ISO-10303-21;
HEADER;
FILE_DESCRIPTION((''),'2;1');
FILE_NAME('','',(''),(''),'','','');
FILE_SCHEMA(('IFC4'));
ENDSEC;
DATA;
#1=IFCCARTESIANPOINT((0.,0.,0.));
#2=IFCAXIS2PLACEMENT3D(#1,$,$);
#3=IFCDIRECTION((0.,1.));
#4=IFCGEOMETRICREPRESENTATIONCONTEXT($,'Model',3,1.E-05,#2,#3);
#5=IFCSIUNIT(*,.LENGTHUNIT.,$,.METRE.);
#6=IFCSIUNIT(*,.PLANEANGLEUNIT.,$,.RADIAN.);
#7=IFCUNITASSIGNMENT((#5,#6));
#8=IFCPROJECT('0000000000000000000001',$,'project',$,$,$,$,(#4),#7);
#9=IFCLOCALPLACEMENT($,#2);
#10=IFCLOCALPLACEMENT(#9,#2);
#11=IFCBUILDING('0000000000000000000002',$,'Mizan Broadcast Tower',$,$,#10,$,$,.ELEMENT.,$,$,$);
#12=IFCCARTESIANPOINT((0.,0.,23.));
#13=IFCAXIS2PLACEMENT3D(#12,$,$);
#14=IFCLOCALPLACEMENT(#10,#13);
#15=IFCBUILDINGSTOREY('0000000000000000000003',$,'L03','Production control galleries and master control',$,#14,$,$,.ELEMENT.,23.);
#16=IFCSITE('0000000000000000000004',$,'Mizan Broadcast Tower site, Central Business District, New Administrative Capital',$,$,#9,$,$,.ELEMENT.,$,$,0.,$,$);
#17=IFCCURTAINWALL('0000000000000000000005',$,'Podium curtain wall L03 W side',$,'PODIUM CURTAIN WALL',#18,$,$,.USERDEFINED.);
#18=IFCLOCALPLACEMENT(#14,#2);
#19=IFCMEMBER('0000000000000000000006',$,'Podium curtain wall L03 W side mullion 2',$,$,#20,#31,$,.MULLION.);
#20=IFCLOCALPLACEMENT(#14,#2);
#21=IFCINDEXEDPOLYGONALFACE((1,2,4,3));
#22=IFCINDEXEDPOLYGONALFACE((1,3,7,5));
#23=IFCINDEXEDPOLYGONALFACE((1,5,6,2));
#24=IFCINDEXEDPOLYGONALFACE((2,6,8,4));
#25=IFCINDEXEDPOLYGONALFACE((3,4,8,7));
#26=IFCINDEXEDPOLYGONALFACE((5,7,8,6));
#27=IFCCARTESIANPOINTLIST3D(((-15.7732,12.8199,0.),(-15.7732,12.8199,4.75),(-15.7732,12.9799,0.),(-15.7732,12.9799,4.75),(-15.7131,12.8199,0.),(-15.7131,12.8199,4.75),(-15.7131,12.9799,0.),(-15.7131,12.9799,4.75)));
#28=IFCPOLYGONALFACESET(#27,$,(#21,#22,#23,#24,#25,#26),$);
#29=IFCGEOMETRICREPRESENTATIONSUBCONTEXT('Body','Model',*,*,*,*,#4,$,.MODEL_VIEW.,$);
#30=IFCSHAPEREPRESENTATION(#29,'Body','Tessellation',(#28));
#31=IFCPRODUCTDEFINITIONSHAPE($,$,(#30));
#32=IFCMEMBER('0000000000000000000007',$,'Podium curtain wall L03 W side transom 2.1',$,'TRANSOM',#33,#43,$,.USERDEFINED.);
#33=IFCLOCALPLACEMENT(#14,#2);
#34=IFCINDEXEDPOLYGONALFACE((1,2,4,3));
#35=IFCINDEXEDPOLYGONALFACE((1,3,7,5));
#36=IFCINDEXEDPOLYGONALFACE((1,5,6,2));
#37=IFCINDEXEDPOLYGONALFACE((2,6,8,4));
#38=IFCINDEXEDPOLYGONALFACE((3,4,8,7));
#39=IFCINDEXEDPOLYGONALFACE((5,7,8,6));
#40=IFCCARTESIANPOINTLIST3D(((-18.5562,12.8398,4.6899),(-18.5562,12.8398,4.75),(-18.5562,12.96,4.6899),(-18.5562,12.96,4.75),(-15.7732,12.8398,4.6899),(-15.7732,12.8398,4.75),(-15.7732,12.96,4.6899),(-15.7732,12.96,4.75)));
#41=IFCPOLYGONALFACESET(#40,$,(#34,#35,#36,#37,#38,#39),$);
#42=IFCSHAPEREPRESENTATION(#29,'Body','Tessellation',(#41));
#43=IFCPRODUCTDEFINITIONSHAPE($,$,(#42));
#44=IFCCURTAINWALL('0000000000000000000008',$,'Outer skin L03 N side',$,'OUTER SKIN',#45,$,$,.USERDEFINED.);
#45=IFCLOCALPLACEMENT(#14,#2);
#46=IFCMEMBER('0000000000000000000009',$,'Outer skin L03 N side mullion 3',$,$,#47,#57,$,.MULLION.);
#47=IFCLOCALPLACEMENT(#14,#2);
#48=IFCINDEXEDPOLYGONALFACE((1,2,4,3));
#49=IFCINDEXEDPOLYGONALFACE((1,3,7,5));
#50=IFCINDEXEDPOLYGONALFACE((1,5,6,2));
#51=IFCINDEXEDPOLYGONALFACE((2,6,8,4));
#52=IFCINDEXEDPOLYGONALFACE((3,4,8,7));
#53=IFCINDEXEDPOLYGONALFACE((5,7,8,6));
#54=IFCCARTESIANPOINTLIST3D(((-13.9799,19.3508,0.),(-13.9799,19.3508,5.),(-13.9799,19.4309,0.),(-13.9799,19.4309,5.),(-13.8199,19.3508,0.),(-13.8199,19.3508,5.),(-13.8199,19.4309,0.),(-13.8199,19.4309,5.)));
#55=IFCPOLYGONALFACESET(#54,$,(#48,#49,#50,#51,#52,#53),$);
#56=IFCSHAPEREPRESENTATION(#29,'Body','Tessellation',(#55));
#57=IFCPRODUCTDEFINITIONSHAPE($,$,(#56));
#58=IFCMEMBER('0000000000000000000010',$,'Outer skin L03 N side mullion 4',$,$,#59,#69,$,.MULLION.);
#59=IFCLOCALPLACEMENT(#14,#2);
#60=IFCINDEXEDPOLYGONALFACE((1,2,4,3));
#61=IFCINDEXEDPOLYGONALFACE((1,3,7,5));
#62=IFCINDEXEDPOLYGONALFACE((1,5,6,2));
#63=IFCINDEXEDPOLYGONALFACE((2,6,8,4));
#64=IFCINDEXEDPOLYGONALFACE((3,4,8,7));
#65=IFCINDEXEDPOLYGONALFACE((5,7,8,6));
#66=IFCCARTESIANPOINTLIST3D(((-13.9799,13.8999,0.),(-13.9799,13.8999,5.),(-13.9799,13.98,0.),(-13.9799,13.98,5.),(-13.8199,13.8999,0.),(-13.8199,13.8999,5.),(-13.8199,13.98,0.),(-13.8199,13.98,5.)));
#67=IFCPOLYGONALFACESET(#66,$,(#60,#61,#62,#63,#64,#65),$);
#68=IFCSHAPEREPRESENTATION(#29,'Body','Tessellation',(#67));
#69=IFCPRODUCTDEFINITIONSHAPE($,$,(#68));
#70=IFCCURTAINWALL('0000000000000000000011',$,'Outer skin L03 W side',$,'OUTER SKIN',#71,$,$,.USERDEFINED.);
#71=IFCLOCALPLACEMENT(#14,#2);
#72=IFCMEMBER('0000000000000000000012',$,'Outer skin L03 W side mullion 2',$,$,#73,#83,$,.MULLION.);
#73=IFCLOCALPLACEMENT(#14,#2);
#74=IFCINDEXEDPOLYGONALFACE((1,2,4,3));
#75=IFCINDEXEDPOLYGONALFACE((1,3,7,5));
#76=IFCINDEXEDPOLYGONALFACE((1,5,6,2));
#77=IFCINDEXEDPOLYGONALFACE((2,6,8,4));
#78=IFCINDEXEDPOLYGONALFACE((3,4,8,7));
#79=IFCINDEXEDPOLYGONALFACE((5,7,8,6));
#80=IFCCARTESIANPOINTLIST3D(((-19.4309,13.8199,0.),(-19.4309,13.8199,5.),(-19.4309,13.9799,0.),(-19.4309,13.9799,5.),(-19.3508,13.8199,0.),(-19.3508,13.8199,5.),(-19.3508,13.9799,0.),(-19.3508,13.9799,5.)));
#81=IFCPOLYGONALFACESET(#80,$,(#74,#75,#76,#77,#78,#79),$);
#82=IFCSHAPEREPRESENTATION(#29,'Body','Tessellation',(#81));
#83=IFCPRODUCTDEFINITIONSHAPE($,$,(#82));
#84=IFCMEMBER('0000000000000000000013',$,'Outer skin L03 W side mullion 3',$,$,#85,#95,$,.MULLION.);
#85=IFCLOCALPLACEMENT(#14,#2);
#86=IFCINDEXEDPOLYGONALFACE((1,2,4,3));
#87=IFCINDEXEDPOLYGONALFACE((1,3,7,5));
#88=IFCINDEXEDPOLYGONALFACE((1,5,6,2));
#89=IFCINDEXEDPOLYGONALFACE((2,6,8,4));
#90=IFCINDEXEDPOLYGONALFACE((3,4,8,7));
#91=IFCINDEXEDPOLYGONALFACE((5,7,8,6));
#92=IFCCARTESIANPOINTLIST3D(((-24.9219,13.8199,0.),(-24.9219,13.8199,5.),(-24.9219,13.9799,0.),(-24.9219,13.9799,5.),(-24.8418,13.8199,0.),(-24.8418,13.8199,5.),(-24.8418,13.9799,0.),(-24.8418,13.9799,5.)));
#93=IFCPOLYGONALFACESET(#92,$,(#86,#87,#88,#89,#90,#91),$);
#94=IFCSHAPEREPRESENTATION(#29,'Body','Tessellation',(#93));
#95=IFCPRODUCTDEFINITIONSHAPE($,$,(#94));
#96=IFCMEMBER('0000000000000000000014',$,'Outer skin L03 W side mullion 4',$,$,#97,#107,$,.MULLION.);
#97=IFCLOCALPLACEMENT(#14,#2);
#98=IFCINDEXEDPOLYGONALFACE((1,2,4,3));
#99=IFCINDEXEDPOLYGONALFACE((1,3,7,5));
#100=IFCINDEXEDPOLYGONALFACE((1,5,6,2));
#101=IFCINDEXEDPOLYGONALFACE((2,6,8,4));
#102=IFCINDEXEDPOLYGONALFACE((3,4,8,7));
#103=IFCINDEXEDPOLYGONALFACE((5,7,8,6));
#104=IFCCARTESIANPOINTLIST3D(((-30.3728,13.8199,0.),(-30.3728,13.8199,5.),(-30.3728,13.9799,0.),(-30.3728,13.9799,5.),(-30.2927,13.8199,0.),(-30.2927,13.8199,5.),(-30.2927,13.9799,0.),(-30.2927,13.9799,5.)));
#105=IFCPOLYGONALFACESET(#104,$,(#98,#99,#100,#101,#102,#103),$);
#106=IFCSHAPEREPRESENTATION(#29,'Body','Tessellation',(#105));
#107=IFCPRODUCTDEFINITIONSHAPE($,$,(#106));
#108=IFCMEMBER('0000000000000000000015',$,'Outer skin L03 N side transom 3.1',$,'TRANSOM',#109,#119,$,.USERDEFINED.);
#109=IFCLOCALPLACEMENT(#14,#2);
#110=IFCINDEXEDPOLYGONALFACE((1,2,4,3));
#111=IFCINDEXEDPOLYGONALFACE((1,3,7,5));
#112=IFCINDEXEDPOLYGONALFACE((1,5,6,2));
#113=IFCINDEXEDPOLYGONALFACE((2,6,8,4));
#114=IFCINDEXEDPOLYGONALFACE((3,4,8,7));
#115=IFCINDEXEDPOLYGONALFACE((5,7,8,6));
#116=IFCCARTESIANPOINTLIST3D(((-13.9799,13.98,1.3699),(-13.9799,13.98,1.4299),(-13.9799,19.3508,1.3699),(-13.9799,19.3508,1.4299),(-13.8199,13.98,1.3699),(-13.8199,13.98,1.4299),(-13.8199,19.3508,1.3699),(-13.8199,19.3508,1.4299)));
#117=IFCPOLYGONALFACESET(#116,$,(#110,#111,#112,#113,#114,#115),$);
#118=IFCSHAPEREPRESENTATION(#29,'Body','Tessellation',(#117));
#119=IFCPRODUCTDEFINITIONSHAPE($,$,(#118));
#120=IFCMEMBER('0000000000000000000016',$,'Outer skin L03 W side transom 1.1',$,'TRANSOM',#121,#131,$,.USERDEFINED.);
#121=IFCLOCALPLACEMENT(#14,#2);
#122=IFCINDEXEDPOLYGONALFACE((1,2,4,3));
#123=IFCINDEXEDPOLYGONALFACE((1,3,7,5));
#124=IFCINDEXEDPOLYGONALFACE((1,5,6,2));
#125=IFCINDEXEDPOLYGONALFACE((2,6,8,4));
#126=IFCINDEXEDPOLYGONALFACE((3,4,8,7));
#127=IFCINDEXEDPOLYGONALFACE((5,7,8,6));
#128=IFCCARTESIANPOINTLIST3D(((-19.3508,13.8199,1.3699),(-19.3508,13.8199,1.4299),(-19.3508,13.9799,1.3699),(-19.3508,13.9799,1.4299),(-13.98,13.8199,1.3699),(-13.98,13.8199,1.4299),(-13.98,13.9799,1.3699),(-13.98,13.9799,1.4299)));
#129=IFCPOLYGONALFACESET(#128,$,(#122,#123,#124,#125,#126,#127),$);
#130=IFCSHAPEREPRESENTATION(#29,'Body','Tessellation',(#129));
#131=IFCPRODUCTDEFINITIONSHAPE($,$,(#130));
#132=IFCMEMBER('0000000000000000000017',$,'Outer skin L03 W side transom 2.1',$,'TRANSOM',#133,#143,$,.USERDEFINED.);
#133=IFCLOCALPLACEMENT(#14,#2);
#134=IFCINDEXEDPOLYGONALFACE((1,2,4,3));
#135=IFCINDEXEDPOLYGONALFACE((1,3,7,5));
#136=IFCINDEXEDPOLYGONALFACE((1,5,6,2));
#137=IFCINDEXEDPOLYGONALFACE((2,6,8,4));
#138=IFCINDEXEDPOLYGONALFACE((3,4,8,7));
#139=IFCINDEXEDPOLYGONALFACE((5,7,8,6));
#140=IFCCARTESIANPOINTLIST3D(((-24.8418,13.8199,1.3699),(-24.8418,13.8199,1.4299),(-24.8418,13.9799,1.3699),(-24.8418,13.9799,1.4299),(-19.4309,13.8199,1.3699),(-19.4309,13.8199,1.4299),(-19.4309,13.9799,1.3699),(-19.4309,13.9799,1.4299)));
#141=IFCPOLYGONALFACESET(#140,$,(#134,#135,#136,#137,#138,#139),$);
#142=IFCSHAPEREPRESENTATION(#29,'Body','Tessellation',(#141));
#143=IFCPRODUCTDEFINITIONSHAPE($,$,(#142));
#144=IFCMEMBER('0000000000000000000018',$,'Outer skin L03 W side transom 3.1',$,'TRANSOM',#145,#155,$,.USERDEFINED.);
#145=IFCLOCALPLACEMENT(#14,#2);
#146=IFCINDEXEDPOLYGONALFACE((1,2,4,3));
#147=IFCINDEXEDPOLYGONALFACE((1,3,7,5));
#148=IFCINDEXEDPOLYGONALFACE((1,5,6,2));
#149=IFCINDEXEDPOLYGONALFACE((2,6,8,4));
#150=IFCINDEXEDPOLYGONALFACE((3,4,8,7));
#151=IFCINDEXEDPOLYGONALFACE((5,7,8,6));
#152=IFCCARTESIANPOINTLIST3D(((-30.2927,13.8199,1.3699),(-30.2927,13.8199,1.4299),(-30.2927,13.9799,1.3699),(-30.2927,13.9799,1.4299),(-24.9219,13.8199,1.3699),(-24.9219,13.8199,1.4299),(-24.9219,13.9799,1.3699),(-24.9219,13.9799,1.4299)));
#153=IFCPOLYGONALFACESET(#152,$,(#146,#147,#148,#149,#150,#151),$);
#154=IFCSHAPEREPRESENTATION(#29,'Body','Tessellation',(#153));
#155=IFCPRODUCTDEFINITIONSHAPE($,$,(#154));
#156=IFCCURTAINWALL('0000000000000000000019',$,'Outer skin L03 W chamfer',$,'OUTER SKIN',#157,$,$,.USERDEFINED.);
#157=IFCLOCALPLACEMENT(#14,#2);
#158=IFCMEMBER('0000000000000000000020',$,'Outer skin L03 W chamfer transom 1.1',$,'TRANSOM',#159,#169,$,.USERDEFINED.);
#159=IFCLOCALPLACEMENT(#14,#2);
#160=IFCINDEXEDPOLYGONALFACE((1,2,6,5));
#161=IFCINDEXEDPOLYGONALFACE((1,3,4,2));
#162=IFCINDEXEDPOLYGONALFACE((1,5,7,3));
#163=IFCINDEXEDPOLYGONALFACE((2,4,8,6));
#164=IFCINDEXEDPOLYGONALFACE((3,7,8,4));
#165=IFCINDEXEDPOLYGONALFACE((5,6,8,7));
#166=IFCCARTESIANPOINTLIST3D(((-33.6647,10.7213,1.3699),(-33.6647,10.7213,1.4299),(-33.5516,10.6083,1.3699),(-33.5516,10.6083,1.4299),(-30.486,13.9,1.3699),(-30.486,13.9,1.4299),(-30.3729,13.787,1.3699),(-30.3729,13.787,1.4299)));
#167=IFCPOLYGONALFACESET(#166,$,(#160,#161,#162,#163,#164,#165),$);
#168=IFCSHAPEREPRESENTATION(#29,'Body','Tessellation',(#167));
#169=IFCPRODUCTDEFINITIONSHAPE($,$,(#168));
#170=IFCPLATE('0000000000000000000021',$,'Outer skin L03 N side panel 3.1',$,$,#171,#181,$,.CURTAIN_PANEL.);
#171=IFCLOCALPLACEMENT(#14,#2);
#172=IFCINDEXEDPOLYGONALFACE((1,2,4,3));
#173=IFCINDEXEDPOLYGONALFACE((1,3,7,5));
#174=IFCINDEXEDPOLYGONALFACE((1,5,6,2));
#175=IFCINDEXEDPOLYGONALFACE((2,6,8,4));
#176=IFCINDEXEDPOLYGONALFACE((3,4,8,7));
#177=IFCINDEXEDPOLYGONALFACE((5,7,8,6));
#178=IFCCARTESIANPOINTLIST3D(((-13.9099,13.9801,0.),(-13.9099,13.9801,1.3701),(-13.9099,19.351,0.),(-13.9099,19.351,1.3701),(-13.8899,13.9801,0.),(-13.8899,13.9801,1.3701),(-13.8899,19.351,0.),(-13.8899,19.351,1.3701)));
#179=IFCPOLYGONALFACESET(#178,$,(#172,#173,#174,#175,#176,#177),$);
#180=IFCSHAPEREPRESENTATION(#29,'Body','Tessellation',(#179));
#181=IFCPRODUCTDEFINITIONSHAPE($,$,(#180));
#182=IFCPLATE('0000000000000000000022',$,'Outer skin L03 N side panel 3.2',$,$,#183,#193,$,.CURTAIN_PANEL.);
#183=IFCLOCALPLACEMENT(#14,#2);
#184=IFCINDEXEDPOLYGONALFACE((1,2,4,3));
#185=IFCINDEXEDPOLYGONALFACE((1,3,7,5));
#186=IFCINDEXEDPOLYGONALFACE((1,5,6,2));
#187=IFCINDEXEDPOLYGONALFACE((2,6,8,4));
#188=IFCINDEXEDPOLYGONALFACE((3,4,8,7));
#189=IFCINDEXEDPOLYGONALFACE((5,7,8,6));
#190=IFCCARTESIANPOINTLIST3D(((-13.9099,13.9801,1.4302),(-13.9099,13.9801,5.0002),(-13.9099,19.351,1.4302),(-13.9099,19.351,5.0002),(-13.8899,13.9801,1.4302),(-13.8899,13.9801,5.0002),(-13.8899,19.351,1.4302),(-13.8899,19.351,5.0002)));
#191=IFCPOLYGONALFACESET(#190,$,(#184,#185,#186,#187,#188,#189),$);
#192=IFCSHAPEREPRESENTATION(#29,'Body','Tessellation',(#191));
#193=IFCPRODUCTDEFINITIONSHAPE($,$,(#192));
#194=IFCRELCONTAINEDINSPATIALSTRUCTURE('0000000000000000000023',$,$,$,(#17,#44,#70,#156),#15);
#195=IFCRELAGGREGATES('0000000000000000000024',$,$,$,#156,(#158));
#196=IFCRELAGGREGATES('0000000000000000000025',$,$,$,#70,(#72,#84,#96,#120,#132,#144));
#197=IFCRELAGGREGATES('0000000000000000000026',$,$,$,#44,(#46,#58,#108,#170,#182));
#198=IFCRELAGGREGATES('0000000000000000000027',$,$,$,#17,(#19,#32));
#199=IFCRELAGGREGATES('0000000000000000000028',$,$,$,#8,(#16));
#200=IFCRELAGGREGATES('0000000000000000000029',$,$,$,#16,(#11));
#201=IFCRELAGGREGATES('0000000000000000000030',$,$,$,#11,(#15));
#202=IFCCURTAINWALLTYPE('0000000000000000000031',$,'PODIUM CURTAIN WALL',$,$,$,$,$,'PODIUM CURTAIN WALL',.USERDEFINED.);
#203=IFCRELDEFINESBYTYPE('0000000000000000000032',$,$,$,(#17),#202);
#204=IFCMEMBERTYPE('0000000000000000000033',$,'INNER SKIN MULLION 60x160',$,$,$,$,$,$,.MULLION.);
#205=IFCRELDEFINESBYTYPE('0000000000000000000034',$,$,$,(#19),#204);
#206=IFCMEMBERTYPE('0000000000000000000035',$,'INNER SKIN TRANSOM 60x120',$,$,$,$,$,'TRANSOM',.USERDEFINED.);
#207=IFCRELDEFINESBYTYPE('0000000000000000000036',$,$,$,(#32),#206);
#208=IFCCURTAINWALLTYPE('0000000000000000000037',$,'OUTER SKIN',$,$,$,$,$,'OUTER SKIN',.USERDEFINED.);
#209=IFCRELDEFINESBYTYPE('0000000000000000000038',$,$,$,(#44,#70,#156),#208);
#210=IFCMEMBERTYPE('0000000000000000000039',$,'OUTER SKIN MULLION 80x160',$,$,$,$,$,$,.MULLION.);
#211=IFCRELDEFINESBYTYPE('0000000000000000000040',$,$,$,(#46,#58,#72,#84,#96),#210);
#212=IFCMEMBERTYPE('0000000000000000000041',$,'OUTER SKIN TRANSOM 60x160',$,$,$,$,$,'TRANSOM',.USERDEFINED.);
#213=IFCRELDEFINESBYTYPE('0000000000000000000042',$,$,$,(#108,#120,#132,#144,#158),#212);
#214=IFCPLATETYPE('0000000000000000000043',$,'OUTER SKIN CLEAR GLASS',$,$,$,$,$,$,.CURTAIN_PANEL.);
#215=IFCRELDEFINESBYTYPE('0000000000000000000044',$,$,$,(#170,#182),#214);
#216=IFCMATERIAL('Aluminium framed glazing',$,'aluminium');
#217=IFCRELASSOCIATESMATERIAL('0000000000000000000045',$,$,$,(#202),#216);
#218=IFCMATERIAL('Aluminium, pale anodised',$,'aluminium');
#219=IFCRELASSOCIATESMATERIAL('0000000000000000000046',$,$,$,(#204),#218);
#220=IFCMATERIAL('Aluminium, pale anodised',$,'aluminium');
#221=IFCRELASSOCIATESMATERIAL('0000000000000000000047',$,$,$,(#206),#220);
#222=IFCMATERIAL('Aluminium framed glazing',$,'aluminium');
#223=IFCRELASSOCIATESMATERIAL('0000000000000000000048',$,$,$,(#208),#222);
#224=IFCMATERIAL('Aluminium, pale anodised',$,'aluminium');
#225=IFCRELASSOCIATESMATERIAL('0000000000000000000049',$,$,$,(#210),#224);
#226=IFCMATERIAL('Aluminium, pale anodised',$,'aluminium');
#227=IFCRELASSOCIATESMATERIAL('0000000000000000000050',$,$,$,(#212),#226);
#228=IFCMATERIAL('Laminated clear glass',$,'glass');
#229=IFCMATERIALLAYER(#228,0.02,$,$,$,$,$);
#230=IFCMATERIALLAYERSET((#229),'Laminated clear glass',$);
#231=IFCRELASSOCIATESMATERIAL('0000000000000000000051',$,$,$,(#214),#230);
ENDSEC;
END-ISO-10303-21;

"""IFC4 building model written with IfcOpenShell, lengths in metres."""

from ifc_helpers import new_model, si_unit, direction, frame, origin, origin_2d, place, context, subcontext, project, spatial, rectangle, extrude, material, layer, layer_set, material_profile, profile_set, type_object, element, aggregate, save


model = new_model("IFC4")

# Units and contexts
model_context = context("Model", 3, precision=1e-05, world=origin(), true_north=direction((0.0, 1.0)))
body_context = subcontext(model_context, "Body", "Model", "MODEL_VIEW")
ifc_project = project(units=[si_unit("LENGTHUNIT", "METRE"), si_unit("PLANEANGLEUNIT", "RADIAN")], contexts=[model_context])

# Site, building, storey
site_placement = place(None, origin())
site = spatial("IfcSite", under=ifc_project, at=site_placement, Name="Mizan Broadcast Tower site, Central Business District, New Administrative Capital", CompositionType="ELEMENT", RefElevation=0.0)
building_placement = place(site_placement, origin())
building = spatial("IfcBuilding", under=site, at=building_placement, Name="Mizan Broadcast Tower", CompositionType="ELEMENT")
storey_placement = place(building_placement, frame((0.0, 0.0, 23.0)))
storey = spatial("IfcBuildingStorey", under=building, at=storey_placement, Name="L03", Description="Production control galleries and master control", CompositionType="ELEMENT", Elevation=23.0)

# Curtain walls, members
ifc_material_1 = material(Name="Aluminium framed glazing", Category="aluminium")
curtain_wall_type_1 = type_object("IfcCurtainWallType", Name="PODIUM CURTAIN WALL", ElementType="PODIUM CURTAIN WALL", PredefinedType="USERDEFINED", material=ifc_material_1)
curtain_wall_1_placement = place(storey_placement, origin())
curtain_wall_1 = element("IfcCurtainWall", 1, at=curtain_wall_1_placement, inside=storey, type_object=curtain_wall_type_1, Name="Podium curtain wall L03 W side", ObjectType="PODIUM CURTAIN WALL", PredefinedType="USERDEFINED")
ifc_material_2 = material(Name="Aluminium, pale anodised", Category="aluminium")
ifc_material_profile_1 = material_profile(ifc_material_2, rectangle(XDim=0.1599, YDim=0.0601, at=origin_2d()), Name="MULLION 160x60")
ifc_profile_set_1 = profile_set([ifc_material_profile_1], Name="Aluminium, pale anodised")
member_type_1 = type_object("IfcMemberType", Name="INNER SKIN MULLION 60x160", PredefinedType="MULLION", material=ifc_profile_set_1)
member_1_placement = place(storey_placement, frame((-15.7432, 12.8999, 0.0), z_axis=(0.0, 0.0, 1.0), x_axis=(0.0, -1.0, 0.0)))
member_1 = element("IfcMember", 2, at=member_1_placement, type_object=member_type_1, Name="Podium curtain wall L03 W side mullion 2", PredefinedType="MULLION", context=body_context, shape_type="SweptSolid", body=[
    extrude(rectangle(XDim=0.1599, YDim=0.0601, at=origin_2d()), origin(), (0.0, 0.0, 1.0), 4.75),
])
ifc_material_3 = material(Name="Aluminium, pale anodised", Category="aluminium")
ifc_material_profile_2 = material_profile(ifc_material_3, rectangle(XDim=0.1201, YDim=0.0601, at=origin_2d()), Name="TRANSOM 120x60")
ifc_profile_set_2 = profile_set([ifc_material_profile_2], Name="Aluminium, pale anodised")
member_type_2 = type_object("IfcMemberType", Name="INNER SKIN TRANSOM 60x120", ElementType="TRANSOM", PredefinedType="USERDEFINED", material=ifc_profile_set_2)
member_2_placement = place(storey_placement, frame((-15.7732, 12.8999, 4.72), z_axis=(-1.0, 0.0, 0.0), x_axis=(0.0, -1.0, 0.0)))
member_2 = element("IfcMember", 3, at=member_2_placement, type_object=member_type_2, Name="Podium curtain wall L03 W side transom 2.1", ObjectType="TRANSOM", PredefinedType="USERDEFINED", context=body_context, shape_type="SweptSolid", body=[
    extrude(rectangle(XDim=0.1201, YDim=0.0601, at=origin_2d()), origin(), (0.0, 0.0, 1.0), 2.783),
])
ifc_material_4 = material(Name="Aluminium framed glazing", Category="aluminium")
curtain_wall_type_2 = type_object("IfcCurtainWallType", Name="OUTER SKIN", ElementType="OUTER SKIN", PredefinedType="USERDEFINED", material=ifc_material_4)
curtain_wall_2_placement = place(storey_placement, origin())
curtain_wall_2 = element("IfcCurtainWall", 4, at=curtain_wall_2_placement, inside=storey, type_object=curtain_wall_type_2, Name="Outer skin L03 N side", ObjectType="OUTER SKIN", PredefinedType="USERDEFINED")
ifc_material_5 = material(Name="Aluminium, pale anodised", Category="aluminium")
ifc_material_profile_3 = material_profile(ifc_material_5, rectangle(XDim=0.1599, YDim=0.0801, at=origin_2d()), Name="MULLION 160x80")
ifc_profile_set_3 = profile_set([ifc_material_profile_3], Name="Aluminium, pale anodised")
member_type_3 = type_object("IfcMemberType", Name="OUTER SKIN MULLION 80x160", PredefinedType="MULLION", material=ifc_profile_set_3)
member_3_placement = place(storey_placement, frame((-13.8999, 19.3909, 0.0), z_axis=(0.0, 0.0, 1.0), x_axis=(1.0, 0.0, 0.0)))
member_3 = element("IfcMember", 5, at=member_3_placement, type_object=member_type_3, Name="Outer skin L03 N side mullion 3", PredefinedType="MULLION", context=body_context, shape_type="SweptSolid", body=[
    extrude(rectangle(XDim=0.1599, YDim=0.0801, at=origin_2d()), origin(), (0.0, 0.0, 1.0), 5.0),
])
member_4_placement = place(storey_placement, frame((-13.8999, 13.9399, 0.0), z_axis=(0.0, 0.0, 1.0), x_axis=(1.0, 0.0, 0.0)))
member_4 = element("IfcMember", 6, at=member_4_placement, type_object=member_type_3, Name="Outer skin L03 N side mullion 4", PredefinedType="MULLION", context=body_context, shape_type="SweptSolid", body=[
    extrude(rectangle(XDim=0.1599, YDim=0.0801, at=origin_2d()), origin(), (0.0, 0.0, 1.0), 5.0),
])
curtain_wall_3_placement = place(storey_placement, origin())
curtain_wall_3 = element("IfcCurtainWall", 7, at=curtain_wall_3_placement, inside=storey, type_object=curtain_wall_type_2, Name="Outer skin L03 W side", ObjectType="OUTER SKIN", PredefinedType="USERDEFINED")
member_5_placement = place(storey_placement, frame((-19.3909, 13.8999, 0.0), z_axis=(0.0, 0.0, 1.0), x_axis=(0.0, -1.0, 0.0)))
member_5 = element("IfcMember", 8, at=member_5_placement, type_object=member_type_3, Name="Outer skin L03 W side mullion 2", PredefinedType="MULLION", context=body_context, shape_type="SweptSolid", body=[
    extrude(rectangle(XDim=0.1599, YDim=0.0801, at=origin_2d()), origin(), (0.0, 0.0, 1.0), 5.0),
])
member_6_placement = place(storey_placement, frame((-24.8818, 13.8999, 0.0), z_axis=(0.0, 0.0, 1.0), x_axis=(0.0, -1.0, 0.0)))
member_6 = element("IfcMember", 9, at=member_6_placement, type_object=member_type_3, Name="Outer skin L03 W side mullion 3", PredefinedType="MULLION", context=body_context, shape_type="SweptSolid", body=[
    extrude(rectangle(XDim=0.1599, YDim=0.0801, at=origin_2d()), origin(), (0.0, 0.0, 1.0), 5.0),
])
member_7_placement = place(storey_placement, frame((-30.3328, 13.8999, 0.0), z_axis=(0.0, 0.0, 1.0), x_axis=(0.0, -1.0, 0.0)))
member_7 = element("IfcMember", 10, at=member_7_placement, type_object=member_type_3, Name="Outer skin L03 W side mullion 4", PredefinedType="MULLION", context=body_context, shape_type="SweptSolid", body=[
    extrude(rectangle(XDim=0.1599, YDim=0.0801, at=origin_2d()), origin(), (0.0, 0.0, 1.0), 5.0),
])

# Members
ifc_material_6 = material(Name="Aluminium, pale anodised", Category="aluminium")
ifc_material_profile_4 = material_profile(ifc_material_6, rectangle(XDim=0.1599, YDim=0.0601, at=origin_2d()), Name="TRANSOM 160x60")
ifc_profile_set_4 = profile_set([ifc_material_profile_4], Name="Aluminium, pale anodised")
member_type_4 = type_object("IfcMemberType", Name="OUTER SKIN TRANSOM 60x160", ElementType="TRANSOM", PredefinedType="USERDEFINED", material=ifc_profile_set_4)
member_8_placement = place(storey_placement, frame((-13.8999, 19.3508, 1.3999), z_axis=(0.0, -1.0, 0.0), x_axis=(1.0, 0.0, 0.0)))
member_8 = element("IfcMember", 11, at=member_8_placement, type_object=member_type_4, Name="Outer skin L03 N side transom 3.1", ObjectType="TRANSOM", PredefinedType="USERDEFINED", context=body_context, shape_type="SweptSolid", body=[
    extrude(rectangle(XDim=0.1599, YDim=0.0601, at=origin_2d()), origin(), (0.0, 0.0, 1.0), 5.3708),
])
member_9_placement = place(storey_placement, frame((-13.98, 13.8999, 1.3999), z_axis=(-1.0, 0.0, 0.0), x_axis=(0.0, -1.0, 0.0)))
member_9 = element("IfcMember", 12, at=member_9_placement, type_object=member_type_4, Name="Outer skin L03 W side transom 1.1", ObjectType="TRANSOM", PredefinedType="USERDEFINED", context=body_context, shape_type="SweptSolid", body=[
    extrude(rectangle(XDim=0.1599, YDim=0.0601, at=origin_2d()), origin(), (0.0, 0.0, 1.0), 5.3708),
])
member_10_placement = place(storey_placement, frame((-19.4309, 13.8999, 1.3999), z_axis=(-1.0, 0.0, 0.0), x_axis=(0.0, -1.0, 0.0)))
member_10 = element("IfcMember", 13, at=member_10_placement, type_object=member_type_4, Name="Outer skin L03 W side transom 2.1", ObjectType="TRANSOM", PredefinedType="USERDEFINED", context=body_context, shape_type="SweptSolid", body=[
    extrude(rectangle(XDim=0.1599, YDim=0.0601, at=origin_2d()), origin(), (0.0, 0.0, 1.0), 5.4109),
])
member_11_placement = place(storey_placement, frame((-24.9219, 13.8999, 1.3999), z_axis=(-1.0, 0.0, 0.0), x_axis=(0.0, -1.0, 0.0)))
member_11 = element("IfcMember", 14, at=member_11_placement, type_object=member_type_4, Name="Outer skin L03 W side transom 3.1", ObjectType="TRANSOM", PredefinedType="USERDEFINED", context=body_context, shape_type="SweptSolid", body=[
    extrude(rectangle(XDim=0.1599, YDim=0.0601, at=origin_2d()), origin(), (0.0, 0.0, 1.0), 5.3708),
])

# Curtain wall, member
curtain_wall_4_placement = place(storey_placement, origin())
curtain_wall_4 = element("IfcCurtainWall", 15, at=curtain_wall_4_placement, inside=storey, type_object=curtain_wall_type_2, Name="Outer skin L03 W chamfer", ObjectType="OUTER SKIN", PredefinedType="USERDEFINED")
member_12_placement = place(storey_placement, frame((-30.4294, 13.8435, 1.3999), z_axis=(-0.707107, -0.707107, 0.0), x_axis=(0.707107, -0.707107, 0.0)))
member_12 = element("IfcMember", 16, at=member_12_placement, type_object=member_type_4, Name="Outer skin L03 W chamfer transom 1.1", ObjectType="TRANSOM", PredefinedType="USERDEFINED", context=body_context, shape_type="SweptSolid", body=[
    extrude(rectangle(XDim=0.1599, YDim=0.0601, at=origin_2d()), origin(), (0.0, 0.0, 1.0), 4.4954),
])
aggregate(curtain_wall_4, [member_12])

# Plates
ifc_material_7 = material(Name="Laminated clear glass", Category="glass")
ifc_layer_1 = layer(ifc_material_7, 0.02)
ifc_layer_set_1 = layer_set([ifc_layer_1], Name="Laminated clear glass")
plate_type_1 = type_object("IfcPlateType", Name="OUTER SKIN CLEAR GLASS", PredefinedType="CURTAIN_PANEL", material=ifc_layer_set_1)
plate_1_placement = place(storey_placement, frame((-13.8999, 16.6655, 0.0), z_axis=(0.0, 0.0, 1.0), x_axis=(0.0, -1.0, 0.0)))
plate_1 = element("IfcPlate", 17, at=plate_1_placement, type_object=plate_type_1, Name="Outer skin L03 N side panel 3.1", PredefinedType="CURTAIN_PANEL", context=body_context, shape_type="SweptSolid", body=[
    extrude(rectangle(XDim=5.3708, YDim=0.02, at=origin_2d()), origin(), (0.0, 0.0, 1.0), 1.3701),
])
plate_2_placement = place(storey_placement, frame((-13.8999, 16.6655, 1.4302), z_axis=(0.0, 0.0, 1.0), x_axis=(0.0, -1.0, 0.0)))
plate_2 = element("IfcPlate", 18, at=plate_2_placement, type_object=plate_type_1, Name="Outer skin L03 N side panel 3.2", PredefinedType="CURTAIN_PANEL", context=body_context, shape_type="SweptSolid", body=[
    extrude(rectangle(XDim=5.3708, YDim=0.02, at=origin_2d()), origin(), (0.0, 0.0, 1.0), 3.5701),
])
aggregate(curtain_wall_3, [member_5, member_6, member_7, member_9, member_10, member_11])
aggregate(curtain_wall_2, [member_3, member_4, member_8, plate_1, plate_2])
aggregate(curtain_wall_1, [member_1, member_2])

save(model, "model.ifc")
